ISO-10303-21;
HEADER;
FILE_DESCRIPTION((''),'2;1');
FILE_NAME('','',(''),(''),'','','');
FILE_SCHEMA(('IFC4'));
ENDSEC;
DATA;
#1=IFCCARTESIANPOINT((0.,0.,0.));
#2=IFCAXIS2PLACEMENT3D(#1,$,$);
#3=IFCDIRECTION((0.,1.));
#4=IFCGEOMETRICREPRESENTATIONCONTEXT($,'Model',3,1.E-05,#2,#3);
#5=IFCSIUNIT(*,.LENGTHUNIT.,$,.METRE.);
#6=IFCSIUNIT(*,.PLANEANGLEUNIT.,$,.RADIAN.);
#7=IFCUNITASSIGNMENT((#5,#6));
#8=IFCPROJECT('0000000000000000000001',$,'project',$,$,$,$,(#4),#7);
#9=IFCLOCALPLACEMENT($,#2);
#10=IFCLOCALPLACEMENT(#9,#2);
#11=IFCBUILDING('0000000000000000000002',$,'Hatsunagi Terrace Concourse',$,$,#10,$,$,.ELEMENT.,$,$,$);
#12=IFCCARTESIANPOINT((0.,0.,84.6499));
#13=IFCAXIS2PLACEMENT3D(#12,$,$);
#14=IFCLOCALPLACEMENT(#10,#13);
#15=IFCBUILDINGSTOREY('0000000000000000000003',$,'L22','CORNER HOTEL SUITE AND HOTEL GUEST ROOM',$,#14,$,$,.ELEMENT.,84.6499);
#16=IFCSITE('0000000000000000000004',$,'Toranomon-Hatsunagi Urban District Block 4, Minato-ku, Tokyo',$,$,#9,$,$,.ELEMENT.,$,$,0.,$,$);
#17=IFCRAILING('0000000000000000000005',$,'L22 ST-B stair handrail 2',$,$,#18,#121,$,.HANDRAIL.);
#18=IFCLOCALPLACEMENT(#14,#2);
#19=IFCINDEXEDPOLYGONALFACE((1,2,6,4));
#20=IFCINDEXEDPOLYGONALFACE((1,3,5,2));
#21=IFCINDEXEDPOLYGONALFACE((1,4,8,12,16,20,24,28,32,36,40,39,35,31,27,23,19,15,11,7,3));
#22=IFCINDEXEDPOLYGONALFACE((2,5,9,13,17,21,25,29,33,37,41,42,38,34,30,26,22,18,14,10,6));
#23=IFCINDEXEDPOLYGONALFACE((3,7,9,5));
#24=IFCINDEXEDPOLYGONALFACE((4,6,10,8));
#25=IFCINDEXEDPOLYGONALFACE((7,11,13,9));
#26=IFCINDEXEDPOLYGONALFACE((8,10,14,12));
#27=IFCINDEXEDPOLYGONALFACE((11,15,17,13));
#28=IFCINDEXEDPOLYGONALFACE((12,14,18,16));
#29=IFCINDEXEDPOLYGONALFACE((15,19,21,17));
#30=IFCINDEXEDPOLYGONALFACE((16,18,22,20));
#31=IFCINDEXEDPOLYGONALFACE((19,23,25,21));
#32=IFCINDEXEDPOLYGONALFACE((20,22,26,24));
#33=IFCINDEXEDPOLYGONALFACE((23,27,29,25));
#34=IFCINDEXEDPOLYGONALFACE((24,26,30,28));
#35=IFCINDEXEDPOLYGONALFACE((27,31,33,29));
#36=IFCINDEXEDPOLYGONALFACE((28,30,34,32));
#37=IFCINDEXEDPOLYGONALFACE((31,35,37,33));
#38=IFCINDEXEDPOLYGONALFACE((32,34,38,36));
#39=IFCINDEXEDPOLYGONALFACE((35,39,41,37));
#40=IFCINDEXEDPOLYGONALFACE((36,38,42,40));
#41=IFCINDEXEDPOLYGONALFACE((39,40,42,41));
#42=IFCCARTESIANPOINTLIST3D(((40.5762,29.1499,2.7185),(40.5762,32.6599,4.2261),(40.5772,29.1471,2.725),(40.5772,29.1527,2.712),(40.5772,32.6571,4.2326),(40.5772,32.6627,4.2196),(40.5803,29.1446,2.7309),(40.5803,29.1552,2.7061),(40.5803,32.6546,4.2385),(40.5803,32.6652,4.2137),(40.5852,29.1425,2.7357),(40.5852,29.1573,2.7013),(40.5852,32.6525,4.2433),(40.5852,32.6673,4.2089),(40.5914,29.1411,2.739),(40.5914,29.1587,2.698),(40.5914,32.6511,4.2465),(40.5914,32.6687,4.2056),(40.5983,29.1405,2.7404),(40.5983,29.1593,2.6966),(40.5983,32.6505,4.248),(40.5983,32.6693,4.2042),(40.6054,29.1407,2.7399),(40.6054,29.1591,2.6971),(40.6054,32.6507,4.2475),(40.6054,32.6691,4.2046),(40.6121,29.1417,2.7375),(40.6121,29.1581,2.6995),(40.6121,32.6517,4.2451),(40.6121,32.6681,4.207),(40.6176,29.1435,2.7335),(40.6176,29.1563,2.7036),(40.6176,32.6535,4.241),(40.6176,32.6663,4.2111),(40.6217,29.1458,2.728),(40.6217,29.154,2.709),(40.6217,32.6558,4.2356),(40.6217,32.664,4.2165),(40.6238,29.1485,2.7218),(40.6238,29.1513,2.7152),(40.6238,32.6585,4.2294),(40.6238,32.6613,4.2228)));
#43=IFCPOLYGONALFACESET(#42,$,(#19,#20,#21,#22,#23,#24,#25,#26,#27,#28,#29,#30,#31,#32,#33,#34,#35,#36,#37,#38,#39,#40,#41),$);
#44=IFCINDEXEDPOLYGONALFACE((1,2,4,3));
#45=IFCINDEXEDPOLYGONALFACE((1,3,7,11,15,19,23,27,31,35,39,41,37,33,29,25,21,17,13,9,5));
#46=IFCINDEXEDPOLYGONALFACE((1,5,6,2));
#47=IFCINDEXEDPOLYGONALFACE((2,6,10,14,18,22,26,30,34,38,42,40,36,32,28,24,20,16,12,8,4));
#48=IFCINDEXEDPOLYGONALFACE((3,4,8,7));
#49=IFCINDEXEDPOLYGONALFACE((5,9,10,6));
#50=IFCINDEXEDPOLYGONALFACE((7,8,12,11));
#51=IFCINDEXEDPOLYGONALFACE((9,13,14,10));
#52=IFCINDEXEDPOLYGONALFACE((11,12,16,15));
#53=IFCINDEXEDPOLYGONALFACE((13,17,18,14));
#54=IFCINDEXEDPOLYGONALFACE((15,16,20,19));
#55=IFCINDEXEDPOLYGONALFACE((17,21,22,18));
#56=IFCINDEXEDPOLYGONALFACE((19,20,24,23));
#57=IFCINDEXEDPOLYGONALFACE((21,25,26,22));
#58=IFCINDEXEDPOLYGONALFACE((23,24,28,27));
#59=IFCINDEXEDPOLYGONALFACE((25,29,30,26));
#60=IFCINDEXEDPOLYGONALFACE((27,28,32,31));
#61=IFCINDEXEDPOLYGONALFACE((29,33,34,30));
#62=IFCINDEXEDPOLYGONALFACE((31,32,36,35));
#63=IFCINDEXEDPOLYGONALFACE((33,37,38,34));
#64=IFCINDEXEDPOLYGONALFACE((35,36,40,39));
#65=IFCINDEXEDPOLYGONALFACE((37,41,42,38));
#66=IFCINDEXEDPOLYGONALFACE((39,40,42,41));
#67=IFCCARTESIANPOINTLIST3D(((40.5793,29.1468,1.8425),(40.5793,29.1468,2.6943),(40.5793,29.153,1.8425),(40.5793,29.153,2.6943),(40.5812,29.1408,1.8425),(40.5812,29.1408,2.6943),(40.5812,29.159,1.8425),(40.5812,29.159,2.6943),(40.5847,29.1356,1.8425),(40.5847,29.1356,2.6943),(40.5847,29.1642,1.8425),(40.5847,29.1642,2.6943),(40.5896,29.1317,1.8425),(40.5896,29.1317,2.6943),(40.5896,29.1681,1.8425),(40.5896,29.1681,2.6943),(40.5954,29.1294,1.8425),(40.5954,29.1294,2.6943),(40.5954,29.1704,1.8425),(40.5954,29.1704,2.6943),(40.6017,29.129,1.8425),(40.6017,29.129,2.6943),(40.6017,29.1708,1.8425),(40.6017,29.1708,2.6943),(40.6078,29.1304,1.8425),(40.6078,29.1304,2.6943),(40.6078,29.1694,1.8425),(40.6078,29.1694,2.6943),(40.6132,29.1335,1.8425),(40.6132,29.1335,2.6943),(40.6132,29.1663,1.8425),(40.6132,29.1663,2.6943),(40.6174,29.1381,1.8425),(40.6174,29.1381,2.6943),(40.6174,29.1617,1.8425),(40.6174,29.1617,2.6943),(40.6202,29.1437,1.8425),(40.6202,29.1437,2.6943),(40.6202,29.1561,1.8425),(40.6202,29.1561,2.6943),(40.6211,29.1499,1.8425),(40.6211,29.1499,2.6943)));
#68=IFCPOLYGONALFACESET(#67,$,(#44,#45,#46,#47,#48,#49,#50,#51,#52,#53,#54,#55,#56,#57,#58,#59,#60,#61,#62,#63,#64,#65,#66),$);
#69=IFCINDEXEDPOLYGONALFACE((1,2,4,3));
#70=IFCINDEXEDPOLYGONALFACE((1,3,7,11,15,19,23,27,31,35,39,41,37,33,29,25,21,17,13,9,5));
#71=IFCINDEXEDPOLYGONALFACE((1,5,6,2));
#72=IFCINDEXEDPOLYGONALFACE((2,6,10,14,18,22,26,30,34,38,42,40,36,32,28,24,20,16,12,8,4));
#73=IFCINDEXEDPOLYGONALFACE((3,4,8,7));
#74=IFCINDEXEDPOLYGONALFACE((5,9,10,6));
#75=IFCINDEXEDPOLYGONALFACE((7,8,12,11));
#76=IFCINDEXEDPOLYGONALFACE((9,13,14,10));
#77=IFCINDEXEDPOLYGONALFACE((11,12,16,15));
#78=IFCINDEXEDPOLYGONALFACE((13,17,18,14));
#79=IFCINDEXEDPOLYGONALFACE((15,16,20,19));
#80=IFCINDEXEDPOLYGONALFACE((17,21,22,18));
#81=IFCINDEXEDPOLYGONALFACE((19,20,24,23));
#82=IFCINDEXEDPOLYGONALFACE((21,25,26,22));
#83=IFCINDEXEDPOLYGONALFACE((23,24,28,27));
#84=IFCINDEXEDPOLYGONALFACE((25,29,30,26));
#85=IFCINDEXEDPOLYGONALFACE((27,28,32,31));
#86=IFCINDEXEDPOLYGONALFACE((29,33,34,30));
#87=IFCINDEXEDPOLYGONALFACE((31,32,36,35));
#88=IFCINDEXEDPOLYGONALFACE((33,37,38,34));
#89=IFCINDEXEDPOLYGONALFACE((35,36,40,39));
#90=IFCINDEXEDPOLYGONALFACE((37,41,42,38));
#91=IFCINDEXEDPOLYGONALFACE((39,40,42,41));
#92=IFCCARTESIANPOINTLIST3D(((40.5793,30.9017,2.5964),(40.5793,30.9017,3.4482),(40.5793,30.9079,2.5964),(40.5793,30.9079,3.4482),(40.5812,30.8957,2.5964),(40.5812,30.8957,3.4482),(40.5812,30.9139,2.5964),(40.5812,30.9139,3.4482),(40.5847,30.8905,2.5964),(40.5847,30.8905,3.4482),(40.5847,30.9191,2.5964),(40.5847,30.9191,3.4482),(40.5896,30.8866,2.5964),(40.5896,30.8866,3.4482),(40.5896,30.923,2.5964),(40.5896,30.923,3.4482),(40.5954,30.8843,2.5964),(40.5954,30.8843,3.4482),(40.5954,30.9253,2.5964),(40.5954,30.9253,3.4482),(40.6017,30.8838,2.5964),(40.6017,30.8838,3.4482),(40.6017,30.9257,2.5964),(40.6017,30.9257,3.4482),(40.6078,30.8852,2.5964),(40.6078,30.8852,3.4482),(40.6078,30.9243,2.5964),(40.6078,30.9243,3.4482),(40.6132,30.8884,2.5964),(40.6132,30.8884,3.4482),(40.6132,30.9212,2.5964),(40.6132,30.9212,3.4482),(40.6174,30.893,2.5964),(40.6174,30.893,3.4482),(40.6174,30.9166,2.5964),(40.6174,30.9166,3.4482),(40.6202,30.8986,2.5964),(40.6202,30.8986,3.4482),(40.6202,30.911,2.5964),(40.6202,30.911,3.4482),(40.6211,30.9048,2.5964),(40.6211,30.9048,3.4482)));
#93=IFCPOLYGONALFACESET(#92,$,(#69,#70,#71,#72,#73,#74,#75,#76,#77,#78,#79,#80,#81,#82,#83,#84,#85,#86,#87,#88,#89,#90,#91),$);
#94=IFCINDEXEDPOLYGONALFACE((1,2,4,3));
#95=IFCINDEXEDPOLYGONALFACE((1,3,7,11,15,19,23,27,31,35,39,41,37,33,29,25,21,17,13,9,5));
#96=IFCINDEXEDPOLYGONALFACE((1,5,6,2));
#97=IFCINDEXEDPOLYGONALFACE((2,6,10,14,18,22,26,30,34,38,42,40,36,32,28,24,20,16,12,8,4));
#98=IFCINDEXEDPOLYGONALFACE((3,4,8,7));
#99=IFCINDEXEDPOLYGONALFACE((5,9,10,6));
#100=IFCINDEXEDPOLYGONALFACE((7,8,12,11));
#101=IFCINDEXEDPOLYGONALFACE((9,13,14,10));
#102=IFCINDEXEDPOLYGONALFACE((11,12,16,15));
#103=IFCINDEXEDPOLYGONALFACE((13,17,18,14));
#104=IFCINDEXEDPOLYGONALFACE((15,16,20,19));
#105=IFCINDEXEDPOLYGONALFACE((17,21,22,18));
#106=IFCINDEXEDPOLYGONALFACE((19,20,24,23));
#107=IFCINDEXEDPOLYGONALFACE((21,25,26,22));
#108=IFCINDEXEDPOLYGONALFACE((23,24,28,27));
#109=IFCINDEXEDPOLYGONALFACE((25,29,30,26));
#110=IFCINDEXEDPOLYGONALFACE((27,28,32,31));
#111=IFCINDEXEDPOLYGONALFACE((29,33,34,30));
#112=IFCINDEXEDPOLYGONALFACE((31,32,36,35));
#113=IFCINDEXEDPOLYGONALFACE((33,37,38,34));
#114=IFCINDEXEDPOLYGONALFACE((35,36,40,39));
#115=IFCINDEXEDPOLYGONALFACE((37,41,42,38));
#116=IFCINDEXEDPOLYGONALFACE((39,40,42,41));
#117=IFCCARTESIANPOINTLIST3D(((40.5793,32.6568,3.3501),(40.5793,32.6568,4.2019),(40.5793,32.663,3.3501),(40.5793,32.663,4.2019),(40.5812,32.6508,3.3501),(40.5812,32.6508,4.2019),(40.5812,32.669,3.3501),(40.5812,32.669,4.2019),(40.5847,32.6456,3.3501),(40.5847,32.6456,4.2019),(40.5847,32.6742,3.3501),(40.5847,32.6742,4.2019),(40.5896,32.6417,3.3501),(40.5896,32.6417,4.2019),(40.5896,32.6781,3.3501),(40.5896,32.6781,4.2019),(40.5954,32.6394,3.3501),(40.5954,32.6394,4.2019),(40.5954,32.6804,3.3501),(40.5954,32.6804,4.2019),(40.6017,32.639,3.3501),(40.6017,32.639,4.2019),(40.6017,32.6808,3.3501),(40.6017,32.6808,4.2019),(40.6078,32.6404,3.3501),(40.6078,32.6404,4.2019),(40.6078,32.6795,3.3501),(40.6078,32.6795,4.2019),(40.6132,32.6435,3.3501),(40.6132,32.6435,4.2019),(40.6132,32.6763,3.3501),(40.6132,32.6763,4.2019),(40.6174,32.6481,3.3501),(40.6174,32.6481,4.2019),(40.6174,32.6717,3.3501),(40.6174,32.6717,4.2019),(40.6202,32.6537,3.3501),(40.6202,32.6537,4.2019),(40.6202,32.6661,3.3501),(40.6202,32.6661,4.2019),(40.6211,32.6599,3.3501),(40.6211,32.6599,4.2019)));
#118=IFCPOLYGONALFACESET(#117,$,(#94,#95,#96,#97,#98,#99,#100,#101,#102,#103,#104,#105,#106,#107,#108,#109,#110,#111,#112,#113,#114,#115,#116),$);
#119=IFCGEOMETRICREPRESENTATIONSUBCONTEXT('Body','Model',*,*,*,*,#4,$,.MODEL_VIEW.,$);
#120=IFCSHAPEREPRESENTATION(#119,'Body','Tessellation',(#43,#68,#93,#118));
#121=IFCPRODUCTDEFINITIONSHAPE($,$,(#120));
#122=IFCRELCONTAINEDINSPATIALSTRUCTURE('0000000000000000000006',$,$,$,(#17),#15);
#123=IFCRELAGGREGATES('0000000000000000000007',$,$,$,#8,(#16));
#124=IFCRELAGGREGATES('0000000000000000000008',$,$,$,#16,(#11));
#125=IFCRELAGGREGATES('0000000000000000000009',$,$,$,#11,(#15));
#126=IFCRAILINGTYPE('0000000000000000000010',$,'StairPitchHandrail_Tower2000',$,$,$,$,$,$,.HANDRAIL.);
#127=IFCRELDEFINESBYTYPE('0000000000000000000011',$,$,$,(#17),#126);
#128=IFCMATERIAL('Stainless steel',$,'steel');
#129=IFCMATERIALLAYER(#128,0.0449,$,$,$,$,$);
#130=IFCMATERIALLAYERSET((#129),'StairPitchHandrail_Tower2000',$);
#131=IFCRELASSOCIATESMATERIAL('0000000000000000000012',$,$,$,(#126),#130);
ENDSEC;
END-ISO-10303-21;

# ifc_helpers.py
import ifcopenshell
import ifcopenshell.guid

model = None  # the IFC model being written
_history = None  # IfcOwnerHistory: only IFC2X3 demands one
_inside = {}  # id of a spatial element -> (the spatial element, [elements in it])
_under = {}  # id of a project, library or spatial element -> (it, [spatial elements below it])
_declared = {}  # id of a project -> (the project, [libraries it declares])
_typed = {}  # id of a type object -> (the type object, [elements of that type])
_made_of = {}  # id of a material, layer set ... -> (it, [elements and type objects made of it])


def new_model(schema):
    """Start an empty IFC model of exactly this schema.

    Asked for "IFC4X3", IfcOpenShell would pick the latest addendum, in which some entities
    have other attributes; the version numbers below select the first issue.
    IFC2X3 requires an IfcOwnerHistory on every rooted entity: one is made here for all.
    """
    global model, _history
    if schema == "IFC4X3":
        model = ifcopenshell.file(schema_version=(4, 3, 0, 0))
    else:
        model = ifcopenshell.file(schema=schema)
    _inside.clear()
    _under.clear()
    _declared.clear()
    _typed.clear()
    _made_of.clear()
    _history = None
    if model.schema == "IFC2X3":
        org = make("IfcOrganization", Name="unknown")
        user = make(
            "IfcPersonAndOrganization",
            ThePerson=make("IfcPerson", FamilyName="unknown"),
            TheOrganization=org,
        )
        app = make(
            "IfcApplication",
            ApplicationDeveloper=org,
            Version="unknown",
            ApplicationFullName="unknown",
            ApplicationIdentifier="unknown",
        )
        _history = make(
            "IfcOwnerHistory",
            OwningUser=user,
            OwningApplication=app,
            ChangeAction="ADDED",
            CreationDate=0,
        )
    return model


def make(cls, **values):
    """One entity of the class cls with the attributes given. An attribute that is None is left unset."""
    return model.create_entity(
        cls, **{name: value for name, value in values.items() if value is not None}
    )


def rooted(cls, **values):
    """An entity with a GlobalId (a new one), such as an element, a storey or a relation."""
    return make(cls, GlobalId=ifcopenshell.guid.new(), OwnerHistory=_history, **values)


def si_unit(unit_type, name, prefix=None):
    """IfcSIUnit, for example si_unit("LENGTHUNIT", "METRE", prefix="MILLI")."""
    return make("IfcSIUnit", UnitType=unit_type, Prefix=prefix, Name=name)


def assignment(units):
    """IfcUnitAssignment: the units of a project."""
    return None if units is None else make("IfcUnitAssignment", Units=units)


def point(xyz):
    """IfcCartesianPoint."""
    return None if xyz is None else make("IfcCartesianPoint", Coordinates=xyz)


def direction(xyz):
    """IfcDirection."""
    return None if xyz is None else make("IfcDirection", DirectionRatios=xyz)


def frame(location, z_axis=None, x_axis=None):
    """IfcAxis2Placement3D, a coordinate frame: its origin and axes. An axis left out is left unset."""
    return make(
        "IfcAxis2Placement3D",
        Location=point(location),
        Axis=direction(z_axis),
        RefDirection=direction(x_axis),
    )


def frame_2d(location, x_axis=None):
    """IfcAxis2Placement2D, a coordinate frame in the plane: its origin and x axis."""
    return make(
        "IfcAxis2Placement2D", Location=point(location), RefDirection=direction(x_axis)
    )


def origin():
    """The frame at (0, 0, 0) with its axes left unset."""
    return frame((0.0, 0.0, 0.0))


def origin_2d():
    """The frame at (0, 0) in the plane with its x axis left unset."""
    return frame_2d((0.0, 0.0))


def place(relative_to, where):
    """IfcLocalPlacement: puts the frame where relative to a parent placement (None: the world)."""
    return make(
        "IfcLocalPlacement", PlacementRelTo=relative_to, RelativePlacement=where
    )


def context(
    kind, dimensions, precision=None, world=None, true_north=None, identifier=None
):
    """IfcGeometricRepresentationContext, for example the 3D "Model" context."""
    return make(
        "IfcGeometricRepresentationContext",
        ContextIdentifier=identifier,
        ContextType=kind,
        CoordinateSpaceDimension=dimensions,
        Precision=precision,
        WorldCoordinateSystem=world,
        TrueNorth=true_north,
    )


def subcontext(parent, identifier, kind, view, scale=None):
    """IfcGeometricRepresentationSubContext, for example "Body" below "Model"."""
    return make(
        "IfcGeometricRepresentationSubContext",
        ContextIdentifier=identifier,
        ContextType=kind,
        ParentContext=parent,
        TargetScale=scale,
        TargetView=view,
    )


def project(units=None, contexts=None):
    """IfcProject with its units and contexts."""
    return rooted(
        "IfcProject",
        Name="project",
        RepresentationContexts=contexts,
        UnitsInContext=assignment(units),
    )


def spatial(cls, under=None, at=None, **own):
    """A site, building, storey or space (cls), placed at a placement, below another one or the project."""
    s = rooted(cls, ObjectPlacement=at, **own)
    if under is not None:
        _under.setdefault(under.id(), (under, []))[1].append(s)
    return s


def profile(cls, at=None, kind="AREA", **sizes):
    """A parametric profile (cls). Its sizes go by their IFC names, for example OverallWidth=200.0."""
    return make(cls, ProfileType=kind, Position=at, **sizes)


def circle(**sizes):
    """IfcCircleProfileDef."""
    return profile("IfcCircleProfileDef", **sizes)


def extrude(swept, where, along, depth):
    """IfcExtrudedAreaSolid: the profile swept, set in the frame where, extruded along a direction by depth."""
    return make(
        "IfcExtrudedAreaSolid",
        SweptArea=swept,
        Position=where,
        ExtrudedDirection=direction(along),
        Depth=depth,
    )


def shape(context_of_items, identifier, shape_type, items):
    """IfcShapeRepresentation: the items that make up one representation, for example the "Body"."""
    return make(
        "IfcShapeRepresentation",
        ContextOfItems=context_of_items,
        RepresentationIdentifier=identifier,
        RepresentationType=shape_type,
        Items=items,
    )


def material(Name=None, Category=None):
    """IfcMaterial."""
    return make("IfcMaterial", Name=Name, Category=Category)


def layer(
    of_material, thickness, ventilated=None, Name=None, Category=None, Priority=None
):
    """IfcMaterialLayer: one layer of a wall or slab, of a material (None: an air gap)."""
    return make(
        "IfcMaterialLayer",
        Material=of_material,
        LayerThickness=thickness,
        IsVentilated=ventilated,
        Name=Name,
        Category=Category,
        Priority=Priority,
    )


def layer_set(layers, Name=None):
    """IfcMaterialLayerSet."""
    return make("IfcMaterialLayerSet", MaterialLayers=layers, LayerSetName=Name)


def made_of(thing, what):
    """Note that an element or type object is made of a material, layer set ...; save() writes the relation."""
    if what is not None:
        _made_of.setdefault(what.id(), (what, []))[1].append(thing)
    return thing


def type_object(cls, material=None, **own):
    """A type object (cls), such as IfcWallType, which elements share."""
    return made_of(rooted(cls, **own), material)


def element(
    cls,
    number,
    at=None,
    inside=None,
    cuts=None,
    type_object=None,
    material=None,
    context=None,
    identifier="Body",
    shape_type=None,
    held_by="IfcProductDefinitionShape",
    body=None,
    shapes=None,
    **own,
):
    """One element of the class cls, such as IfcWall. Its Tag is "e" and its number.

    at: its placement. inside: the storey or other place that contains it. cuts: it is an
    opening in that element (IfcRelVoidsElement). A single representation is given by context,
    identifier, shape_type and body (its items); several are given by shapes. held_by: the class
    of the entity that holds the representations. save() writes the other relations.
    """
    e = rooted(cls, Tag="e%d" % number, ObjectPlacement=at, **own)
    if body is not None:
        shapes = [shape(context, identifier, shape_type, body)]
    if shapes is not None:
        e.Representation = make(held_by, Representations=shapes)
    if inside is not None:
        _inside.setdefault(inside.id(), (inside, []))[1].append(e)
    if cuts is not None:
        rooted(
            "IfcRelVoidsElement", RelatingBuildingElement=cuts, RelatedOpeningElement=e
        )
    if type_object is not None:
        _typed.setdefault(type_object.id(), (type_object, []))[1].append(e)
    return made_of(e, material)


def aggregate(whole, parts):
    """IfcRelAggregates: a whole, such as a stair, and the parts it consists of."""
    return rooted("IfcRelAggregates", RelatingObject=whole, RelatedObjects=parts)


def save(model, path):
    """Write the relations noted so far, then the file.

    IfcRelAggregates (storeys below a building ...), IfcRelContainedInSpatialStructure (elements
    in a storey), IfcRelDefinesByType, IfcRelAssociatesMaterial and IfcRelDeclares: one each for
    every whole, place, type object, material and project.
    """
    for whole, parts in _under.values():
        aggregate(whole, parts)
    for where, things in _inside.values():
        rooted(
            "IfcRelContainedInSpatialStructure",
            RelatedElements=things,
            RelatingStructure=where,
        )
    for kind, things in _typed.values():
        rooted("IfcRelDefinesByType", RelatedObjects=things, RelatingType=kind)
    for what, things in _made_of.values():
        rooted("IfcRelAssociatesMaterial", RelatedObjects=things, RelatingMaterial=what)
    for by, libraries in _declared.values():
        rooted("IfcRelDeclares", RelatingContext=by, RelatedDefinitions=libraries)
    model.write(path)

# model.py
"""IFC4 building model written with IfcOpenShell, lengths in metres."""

from ifc_helpers import new_model, si_unit, direction, frame, origin, origin_2d, place, context, subcontext, project, spatial, circle, extrude, material, layer, layer_set, type_object, element, save


model = new_model("IFC4")

# Units and contexts
model_context = context("Model", 3, precision=1e-05, world=origin(), true_north=direction((0.0, 1.0)))
body_context = subcontext(model_context, "Body", "Model", "MODEL_VIEW")
ifc_project = project(units=[si_unit("LENGTHUNIT", "METRE"), si_unit("PLANEANGLEUNIT", "RADIAN")], contexts=[model_context])

# Site, building, storey
site_placement = place(None, origin())
site = spatial("IfcSite", under=ifc_project, at=site_placement, Name="Toranomon-Hatsunagi Urban District Block 4, Minato-ku, Tokyo", CompositionType="ELEMENT", RefElevation=0.0)
building_placement = place(site_placement, origin())
building = spatial("IfcBuilding", under=site, at=building_placement, Name="Hatsunagi Terrace Concourse", CompositionType="ELEMENT")
storey_placement = place(building_placement, frame((0.0, 0.0, 84.6499)))
storey = spatial("IfcBuildingStorey", under=building, at=storey_placement, Name="L22", Description="CORNER HOTEL SUITE AND HOTEL GUEST ROOM", CompositionType="ELEMENT", Elevation=84.6499)

# Railing
ifc_material_1 = material(Name="Stainless steel", Category="steel")
ifc_layer_1 = layer(ifc_material_1, 0.0449)
ifc_layer_set_1 = layer_set([ifc_layer_1], Name="StairPitchHandrail_Tower2000")
railing_type_1 = type_object("IfcRailingType", Name="StairPitchHandrail_Tower2000", PredefinedType="HANDRAIL", material=ifc_layer_set_1)
railing_1_placement = place(storey_placement, frame((40.6001, 29.1499, 1.8425)))
element("IfcRailing", 1, at=railing_1_placement, inside=storey, type_object=railing_type_1, Name="L22 ST-B stair handrail 2", PredefinedType="HANDRAIL", context=body_context, shape_type="SweptSolid", body=[
    extrude(circle(Radius=0.0239, at=origin_2d()), frame((0.0, 0.0, 0.876), z_axis=(0.0, 0.918834, 0.394644), x_axis=(-1.0, 0.0, 0.0)), (0.0, 0.0, 1.0), 3.8201),
    extrude(circle(Radius=0.021, at=origin_2d()), origin(), (0.0, 0.0, 1.0), 0.8518),
    extrude(circle(Radius=0.021, at=origin_2d()), frame((0.0, 1.7549, 0.7539)), (0.0, 0.0, 1.0), 0.8518),
    extrude(circle(Radius=0.021, at=origin_2d()), frame((0.0, 3.51, 1.5076)), (0.0, 0.0, 1.0), 0.8518),
])

save(model, "model.ifc")
